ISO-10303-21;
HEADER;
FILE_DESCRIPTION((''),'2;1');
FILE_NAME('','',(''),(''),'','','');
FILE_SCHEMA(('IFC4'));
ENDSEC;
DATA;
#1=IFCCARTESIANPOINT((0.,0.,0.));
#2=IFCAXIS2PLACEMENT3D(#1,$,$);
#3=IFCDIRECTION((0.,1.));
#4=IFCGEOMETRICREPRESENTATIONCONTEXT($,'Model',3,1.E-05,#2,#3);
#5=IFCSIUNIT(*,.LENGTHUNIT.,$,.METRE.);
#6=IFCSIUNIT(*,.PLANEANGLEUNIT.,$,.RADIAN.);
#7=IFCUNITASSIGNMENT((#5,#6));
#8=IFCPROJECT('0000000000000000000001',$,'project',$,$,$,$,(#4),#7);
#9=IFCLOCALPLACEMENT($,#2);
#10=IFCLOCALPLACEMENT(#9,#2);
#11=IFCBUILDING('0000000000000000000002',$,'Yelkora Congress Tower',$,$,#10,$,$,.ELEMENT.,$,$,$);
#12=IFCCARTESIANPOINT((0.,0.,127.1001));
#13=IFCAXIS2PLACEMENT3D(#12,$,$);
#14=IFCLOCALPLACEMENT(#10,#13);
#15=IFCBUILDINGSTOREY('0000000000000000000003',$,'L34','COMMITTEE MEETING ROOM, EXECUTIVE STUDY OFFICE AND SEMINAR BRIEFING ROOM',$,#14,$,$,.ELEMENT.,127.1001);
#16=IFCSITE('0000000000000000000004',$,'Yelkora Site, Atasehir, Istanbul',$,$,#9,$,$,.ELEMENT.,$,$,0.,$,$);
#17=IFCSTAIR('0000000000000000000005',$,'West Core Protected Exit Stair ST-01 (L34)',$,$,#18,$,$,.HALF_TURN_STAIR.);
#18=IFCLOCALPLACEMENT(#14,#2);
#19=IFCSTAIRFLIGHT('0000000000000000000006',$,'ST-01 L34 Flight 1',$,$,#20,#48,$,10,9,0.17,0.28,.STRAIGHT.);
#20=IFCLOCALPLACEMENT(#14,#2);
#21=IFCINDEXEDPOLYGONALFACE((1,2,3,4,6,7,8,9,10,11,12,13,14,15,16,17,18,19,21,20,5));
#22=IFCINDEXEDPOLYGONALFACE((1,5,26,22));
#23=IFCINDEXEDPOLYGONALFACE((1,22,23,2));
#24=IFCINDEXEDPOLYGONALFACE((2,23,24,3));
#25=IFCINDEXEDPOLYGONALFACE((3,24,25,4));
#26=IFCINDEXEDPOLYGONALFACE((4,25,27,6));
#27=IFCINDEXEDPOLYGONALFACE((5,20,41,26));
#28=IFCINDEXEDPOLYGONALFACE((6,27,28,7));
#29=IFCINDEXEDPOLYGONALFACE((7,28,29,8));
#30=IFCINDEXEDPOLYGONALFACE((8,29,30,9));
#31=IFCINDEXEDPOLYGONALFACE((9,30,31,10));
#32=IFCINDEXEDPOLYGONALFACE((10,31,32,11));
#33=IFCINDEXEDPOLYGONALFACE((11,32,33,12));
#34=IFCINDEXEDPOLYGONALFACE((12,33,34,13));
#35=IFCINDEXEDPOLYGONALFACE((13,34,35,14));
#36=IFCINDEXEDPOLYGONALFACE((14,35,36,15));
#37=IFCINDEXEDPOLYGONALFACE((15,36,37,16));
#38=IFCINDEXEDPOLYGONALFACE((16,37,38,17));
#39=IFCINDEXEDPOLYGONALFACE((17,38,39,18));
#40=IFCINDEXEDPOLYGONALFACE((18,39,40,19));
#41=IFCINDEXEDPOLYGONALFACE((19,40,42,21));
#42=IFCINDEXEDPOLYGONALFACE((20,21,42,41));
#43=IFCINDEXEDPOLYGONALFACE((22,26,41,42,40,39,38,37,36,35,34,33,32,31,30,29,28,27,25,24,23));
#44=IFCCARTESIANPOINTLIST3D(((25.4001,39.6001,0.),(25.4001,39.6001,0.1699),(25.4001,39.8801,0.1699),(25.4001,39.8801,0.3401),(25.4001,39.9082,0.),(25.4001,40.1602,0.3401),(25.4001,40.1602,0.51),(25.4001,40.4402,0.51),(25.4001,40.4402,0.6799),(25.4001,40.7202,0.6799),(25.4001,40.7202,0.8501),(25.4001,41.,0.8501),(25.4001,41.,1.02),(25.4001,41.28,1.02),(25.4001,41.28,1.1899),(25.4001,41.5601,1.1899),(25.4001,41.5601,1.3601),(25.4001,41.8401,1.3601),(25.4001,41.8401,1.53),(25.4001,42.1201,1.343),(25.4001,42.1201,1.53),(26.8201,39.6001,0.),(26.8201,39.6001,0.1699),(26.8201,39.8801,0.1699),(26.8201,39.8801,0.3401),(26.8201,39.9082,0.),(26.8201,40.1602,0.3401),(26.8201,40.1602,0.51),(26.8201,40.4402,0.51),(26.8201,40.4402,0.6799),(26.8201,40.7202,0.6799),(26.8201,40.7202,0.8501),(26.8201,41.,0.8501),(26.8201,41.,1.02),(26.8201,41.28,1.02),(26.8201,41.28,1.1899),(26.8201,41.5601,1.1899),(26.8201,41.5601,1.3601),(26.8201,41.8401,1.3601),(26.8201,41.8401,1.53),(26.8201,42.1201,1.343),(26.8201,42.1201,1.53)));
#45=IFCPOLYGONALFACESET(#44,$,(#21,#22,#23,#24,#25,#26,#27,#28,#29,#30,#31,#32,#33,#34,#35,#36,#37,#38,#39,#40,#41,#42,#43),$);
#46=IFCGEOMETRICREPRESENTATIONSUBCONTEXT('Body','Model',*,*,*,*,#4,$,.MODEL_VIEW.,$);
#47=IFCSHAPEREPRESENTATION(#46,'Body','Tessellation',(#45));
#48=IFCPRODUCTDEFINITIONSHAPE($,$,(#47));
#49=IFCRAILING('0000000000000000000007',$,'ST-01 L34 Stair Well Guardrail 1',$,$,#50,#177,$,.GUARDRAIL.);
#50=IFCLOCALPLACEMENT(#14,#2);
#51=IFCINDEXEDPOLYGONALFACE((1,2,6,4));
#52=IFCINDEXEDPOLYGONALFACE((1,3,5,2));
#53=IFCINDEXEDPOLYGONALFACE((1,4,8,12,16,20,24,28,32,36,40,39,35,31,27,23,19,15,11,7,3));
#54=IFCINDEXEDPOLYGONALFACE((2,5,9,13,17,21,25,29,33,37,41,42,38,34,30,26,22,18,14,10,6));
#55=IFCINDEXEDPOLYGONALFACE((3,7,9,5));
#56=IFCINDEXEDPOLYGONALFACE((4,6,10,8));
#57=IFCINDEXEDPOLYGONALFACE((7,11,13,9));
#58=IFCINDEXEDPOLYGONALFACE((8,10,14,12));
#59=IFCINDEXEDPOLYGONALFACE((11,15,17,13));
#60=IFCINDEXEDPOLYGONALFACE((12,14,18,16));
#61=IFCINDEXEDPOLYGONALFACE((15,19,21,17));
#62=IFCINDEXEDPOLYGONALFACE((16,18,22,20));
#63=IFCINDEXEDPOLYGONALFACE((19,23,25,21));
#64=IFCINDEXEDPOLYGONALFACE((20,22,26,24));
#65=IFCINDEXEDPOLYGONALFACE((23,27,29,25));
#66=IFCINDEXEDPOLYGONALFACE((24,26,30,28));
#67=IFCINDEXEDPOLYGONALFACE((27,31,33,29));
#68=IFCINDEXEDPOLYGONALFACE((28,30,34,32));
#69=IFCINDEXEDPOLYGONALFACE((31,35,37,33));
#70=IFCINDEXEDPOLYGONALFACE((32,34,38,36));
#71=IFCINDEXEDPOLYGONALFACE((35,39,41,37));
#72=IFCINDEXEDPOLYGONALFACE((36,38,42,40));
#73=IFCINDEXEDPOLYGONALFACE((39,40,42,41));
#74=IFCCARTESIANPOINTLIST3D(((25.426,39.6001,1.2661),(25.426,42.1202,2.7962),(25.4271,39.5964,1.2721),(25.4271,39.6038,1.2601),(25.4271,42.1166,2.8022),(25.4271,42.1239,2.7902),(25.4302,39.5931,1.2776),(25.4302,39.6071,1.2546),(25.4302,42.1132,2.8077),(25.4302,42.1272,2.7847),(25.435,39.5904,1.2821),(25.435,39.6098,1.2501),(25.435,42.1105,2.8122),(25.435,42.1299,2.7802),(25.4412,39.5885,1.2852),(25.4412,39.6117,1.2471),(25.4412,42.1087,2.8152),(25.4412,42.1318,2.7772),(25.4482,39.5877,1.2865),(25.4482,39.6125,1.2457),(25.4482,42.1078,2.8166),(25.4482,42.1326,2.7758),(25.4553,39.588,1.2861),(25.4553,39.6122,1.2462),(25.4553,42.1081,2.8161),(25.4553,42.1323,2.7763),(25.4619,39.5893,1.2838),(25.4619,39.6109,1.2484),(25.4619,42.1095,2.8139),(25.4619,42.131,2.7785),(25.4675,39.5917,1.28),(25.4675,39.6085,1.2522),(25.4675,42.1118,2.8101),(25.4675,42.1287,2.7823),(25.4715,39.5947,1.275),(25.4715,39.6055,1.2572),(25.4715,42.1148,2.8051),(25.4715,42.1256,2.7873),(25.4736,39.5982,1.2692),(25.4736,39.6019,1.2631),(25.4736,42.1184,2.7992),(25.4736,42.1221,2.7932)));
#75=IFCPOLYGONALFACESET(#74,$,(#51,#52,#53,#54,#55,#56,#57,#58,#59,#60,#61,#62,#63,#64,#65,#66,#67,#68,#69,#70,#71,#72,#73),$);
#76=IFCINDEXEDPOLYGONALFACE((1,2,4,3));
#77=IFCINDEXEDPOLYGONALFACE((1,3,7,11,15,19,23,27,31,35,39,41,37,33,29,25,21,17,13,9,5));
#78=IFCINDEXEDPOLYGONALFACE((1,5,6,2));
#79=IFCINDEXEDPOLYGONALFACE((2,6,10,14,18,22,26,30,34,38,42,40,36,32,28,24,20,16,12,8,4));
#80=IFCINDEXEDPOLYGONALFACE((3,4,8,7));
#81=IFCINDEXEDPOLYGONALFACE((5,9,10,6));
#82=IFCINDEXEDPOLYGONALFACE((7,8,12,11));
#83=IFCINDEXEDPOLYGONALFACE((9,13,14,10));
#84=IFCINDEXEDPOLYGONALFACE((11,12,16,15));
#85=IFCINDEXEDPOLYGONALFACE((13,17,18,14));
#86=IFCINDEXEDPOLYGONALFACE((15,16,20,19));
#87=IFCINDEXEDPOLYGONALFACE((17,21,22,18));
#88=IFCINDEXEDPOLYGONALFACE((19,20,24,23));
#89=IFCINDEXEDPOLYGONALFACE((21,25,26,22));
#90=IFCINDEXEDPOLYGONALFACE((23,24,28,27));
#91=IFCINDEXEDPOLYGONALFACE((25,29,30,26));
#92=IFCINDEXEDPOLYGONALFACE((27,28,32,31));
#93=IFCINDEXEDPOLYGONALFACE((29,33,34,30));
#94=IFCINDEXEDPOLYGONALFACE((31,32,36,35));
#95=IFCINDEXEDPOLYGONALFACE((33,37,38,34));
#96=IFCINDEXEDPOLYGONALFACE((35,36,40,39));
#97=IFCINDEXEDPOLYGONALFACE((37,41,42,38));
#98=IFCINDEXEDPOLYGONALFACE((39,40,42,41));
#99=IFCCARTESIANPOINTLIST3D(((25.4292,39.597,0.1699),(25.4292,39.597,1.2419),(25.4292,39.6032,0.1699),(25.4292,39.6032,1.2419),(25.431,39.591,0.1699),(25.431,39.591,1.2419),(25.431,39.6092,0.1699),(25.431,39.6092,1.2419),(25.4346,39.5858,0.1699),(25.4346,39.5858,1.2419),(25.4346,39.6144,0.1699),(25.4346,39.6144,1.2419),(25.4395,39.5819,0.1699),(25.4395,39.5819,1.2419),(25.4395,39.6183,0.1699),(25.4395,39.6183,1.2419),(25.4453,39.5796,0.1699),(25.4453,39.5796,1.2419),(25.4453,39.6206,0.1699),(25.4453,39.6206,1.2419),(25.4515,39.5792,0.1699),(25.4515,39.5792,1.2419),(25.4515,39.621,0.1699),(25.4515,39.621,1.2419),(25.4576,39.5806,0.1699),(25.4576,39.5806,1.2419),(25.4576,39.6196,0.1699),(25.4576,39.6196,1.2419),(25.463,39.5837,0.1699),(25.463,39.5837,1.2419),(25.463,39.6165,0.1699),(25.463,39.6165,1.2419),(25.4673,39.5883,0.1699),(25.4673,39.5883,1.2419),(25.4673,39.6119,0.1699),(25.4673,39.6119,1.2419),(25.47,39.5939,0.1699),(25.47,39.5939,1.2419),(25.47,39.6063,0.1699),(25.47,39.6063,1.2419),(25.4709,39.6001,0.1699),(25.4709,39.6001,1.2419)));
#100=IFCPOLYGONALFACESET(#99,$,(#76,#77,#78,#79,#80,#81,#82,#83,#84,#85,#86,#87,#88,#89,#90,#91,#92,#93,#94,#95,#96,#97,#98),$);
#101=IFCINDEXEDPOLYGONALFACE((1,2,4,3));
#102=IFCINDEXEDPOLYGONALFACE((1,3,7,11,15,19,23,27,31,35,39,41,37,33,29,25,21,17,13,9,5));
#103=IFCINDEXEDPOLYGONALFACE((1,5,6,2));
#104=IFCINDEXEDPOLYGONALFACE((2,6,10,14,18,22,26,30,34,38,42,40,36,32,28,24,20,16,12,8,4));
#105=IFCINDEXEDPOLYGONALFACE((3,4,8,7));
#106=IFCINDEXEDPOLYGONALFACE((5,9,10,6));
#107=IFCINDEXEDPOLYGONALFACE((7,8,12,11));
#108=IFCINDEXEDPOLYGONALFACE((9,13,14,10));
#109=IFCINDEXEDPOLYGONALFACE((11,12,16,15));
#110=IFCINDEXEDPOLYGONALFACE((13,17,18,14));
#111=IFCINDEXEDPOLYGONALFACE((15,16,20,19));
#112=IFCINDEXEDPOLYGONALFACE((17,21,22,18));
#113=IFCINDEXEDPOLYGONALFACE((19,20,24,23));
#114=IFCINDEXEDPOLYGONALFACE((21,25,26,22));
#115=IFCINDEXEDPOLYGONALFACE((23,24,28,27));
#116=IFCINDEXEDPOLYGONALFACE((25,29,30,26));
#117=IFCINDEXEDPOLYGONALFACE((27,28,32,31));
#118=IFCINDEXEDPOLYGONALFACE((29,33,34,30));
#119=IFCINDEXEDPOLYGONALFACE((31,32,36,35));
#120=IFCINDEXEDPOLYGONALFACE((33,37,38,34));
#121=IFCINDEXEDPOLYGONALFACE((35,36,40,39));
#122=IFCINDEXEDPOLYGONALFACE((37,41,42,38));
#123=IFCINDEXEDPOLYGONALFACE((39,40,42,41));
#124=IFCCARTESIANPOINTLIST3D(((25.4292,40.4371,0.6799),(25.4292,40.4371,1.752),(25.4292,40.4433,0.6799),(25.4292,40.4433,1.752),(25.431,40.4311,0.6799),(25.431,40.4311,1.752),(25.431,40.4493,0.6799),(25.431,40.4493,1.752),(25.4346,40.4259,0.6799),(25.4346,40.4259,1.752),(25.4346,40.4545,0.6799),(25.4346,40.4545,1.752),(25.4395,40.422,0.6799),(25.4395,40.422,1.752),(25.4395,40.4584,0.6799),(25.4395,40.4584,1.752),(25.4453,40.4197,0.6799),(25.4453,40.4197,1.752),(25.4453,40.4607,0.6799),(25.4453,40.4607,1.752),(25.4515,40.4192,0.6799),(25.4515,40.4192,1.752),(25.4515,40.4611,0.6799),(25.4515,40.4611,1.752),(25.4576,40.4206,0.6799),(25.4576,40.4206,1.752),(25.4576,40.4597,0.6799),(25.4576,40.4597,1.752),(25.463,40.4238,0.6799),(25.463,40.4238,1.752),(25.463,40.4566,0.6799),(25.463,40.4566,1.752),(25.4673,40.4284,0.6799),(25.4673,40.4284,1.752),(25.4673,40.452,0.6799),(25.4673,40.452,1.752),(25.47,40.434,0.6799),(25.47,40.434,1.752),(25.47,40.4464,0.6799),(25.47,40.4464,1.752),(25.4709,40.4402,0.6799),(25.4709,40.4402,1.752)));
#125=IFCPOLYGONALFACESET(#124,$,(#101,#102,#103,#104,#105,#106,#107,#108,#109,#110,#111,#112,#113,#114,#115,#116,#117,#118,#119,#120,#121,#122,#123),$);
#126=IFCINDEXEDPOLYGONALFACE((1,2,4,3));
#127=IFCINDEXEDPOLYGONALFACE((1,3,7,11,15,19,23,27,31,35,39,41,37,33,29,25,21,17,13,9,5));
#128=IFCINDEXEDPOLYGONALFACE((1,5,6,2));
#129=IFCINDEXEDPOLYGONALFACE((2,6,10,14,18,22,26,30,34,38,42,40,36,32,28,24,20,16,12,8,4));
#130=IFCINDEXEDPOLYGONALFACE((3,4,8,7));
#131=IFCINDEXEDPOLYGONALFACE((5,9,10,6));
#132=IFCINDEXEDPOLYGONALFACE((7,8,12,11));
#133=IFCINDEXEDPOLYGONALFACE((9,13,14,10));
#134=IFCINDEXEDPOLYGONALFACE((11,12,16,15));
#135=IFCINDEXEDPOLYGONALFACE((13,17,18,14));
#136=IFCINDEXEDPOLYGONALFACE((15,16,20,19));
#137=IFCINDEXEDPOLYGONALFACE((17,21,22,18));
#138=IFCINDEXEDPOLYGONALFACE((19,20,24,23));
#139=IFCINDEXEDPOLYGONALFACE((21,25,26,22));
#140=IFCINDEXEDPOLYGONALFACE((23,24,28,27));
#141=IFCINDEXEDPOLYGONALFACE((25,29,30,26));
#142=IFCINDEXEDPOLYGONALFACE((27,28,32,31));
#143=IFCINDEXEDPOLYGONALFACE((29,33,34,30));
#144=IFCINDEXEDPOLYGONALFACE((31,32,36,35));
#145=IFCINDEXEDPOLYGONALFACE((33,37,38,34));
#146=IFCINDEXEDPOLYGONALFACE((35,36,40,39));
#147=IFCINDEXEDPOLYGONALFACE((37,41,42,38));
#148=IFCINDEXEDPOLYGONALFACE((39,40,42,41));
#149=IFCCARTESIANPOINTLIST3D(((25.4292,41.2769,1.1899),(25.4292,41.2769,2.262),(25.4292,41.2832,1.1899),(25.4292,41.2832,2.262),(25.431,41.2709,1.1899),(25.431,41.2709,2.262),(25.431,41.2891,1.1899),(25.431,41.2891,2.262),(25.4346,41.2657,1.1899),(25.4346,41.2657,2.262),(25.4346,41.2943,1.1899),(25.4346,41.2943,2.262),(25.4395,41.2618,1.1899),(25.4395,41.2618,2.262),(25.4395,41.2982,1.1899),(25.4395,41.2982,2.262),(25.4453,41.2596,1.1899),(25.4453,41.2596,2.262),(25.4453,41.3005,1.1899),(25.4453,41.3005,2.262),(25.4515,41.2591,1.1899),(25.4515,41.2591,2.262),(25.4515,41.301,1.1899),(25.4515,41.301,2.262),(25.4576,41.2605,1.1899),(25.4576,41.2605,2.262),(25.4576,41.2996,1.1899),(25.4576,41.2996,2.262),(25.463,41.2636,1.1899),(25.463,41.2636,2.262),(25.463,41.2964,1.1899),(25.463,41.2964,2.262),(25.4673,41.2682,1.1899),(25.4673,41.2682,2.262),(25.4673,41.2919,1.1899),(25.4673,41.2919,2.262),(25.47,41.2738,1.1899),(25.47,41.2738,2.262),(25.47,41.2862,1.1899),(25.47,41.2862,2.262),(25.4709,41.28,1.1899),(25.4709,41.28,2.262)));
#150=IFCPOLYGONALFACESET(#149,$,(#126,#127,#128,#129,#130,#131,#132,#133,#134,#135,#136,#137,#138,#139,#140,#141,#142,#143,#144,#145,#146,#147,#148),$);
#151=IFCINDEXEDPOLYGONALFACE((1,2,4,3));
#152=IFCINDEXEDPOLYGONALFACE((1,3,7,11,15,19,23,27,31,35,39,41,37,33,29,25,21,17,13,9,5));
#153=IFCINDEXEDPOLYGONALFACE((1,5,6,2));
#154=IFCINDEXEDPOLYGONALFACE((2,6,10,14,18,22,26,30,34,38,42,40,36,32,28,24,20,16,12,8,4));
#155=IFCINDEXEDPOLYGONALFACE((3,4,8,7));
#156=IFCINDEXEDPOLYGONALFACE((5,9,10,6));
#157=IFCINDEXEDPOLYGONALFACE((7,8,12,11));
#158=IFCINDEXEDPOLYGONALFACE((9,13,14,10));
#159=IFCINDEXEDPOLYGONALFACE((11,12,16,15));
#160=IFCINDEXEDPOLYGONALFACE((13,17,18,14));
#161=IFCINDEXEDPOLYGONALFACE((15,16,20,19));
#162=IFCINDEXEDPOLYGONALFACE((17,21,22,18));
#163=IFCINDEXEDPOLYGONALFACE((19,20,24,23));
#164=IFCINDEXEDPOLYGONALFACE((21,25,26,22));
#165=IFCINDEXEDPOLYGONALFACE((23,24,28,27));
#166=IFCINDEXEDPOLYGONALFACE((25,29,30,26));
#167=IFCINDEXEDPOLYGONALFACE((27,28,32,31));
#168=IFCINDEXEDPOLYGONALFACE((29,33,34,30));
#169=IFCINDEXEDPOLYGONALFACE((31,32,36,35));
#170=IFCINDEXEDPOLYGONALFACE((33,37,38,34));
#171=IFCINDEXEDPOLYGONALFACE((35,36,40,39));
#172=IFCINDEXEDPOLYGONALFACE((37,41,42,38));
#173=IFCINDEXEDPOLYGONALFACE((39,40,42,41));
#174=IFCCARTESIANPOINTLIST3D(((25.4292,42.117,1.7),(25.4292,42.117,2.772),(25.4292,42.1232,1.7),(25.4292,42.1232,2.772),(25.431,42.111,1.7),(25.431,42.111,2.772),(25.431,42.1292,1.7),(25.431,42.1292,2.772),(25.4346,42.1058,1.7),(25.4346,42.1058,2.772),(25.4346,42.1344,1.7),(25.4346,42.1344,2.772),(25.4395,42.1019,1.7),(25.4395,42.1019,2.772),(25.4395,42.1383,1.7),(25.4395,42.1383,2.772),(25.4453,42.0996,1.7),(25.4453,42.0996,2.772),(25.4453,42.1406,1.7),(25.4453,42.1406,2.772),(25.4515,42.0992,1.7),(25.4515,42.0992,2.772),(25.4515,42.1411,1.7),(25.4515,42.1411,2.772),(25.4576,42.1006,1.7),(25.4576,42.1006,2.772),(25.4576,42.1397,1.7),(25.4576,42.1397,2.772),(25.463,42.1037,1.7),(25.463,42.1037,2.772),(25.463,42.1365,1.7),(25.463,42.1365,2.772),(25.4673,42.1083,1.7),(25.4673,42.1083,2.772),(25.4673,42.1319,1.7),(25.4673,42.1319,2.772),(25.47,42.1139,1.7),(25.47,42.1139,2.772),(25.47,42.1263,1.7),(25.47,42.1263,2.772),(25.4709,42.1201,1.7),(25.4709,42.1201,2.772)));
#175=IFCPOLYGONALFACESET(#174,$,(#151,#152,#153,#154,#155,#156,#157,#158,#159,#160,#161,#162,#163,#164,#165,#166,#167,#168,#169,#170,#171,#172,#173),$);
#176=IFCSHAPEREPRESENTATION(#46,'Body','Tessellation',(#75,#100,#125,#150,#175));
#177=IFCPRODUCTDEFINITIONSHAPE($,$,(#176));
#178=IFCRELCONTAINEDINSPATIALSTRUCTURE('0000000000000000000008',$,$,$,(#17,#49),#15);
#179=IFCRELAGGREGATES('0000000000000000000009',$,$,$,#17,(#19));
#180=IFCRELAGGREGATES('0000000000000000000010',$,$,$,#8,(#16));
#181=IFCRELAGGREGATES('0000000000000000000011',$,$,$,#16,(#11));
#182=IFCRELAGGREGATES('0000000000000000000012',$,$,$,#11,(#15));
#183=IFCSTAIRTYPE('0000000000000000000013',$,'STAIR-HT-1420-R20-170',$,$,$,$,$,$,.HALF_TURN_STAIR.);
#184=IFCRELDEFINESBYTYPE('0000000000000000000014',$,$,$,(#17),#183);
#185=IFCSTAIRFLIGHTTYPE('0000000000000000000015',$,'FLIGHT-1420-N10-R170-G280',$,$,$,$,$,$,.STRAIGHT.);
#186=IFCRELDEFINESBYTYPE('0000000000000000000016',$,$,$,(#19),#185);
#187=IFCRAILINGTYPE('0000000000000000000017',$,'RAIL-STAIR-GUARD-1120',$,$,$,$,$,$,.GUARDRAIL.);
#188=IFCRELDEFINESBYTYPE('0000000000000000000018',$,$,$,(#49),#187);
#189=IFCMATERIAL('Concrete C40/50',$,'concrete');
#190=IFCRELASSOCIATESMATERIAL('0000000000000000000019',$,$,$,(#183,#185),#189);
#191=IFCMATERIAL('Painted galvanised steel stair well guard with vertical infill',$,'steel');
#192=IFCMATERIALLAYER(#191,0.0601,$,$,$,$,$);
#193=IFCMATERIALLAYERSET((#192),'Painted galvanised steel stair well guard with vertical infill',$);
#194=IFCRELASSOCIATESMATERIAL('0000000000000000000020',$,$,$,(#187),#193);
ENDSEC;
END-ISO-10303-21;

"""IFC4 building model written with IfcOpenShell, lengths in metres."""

from ifc_helpers import new_model, si_unit, direction, frame, origin, origin_2d, place, context, subcontext, project, spatial, polyline, circle, outline, extrude, material, layer, layer_set, type_object, element, aggregate, save


model = new_model("IFC4")

# Units and contexts
model_context = context("Model", 3, precision=1e-05, world=origin(), true_north=direction((0.0, 1.0)))
body_context = subcontext(model_context, "Body", "Model", "MODEL_VIEW")
ifc_project = project(units=[si_unit("LENGTHUNIT", "METRE"), si_unit("PLANEANGLEUNIT", "RADIAN")], contexts=[model_context])

# Site, building, storey
site_placement = place(None, origin())
site = spatial("IfcSite", under=ifc_project, at=site_placement, Name="Yelkora Site, Atasehir, Istanbul", CompositionType="ELEMENT", RefElevation=0.0)
building_placement = place(site_placement, origin())
building = spatial("IfcBuilding", under=site, at=building_placement, Name="Yelkora Congress Tower", CompositionType="ELEMENT")
storey_placement = place(building_placement, frame((0.0, 0.0, 127.1001)))
storey = spatial("IfcBuildingStorey", under=building, at=storey_placement, Name="L34", Description="COMMITTEE MEETING ROOM, EXECUTIVE STUDY OFFICE AND SEMINAR BRIEFING ROOM", CompositionType="ELEMENT", Elevation=127.1001)

# Stair, stair flight
ifc_material_1 = material(Name="Concrete C40/50", Category="concrete")
stair_type = type_object("IfcStairType", Name="STAIR-HT-1420-R20-170", PredefinedType="HALF_TURN_STAIR", material=ifc_material_1)
stair_placement = place(storey_placement, origin())
stair = element("IfcStair", 1, at=stair_placement, inside=storey, type_object=stair_type, Name="West Core Protected Exit Stair ST-01 (L34)", PredefinedType="HALF_TURN_STAIR")
stair_flight_type = type_object("IfcStairFlightType", Name="FLIGHT-1420-N10-R170-G280", PredefinedType="STRAIGHT", material=ifc_material_1)
stair_flight_placement = place(storey_placement, frame((26.1101, 39.6001, 0.0), z_axis=(0.0, 0.0, 1.0), x_axis=(0.0, 1.0, 0.0)))
stair_flight = element("IfcStairFlight", 2, at=stair_flight_placement, type_object=stair_flight_type, Name="ST-01 L34 Flight 1", NumberOfRisers=10, NumberOfTreads=9, PredefinedType="STRAIGHT", RiserHeight=0.17, TreadLength=0.28, context=body_context, shape_type="SweptSolid", body=[
    extrude(outline(polyline([(0.0, 0.0), (0.0, 0.1699), (0.28, 0.1699), (0.28, 0.3401), (0.5601, 0.3401), (0.5601, 0.51), (0.8401, 0.51), (0.8401, 0.6799), (1.1201, 0.6799), (1.1201, 0.8501), (1.3999, 0.8501), (1.3999, 1.02), (1.6799, 1.02), (1.6799, 1.1899), (1.96, 1.1899), (1.96, 1.3601), (2.24, 1.3601), (2.24, 1.53), (2.52, 1.53), (2.52, 1.7), (2.52, 1.343), (0.3081, 0.0), (0.0, 0.0)])), frame((0.0, 0.71, 0.0), z_axis=(0.0, -1.0, 0.0), x_axis=(1.0, 0.0, 0.0)), (0.0, 0.0, 1.0), 1.4199),
])
aggregate(stair, [stair_flight])

# Railing
ifc_material_2 = material(Name="Painted galvanised steel stair well guard with vertical infill", Category="steel")
ifc_layer_1 = layer(ifc_material_2, 0.0601)
ifc_layer_set_1 = layer_set([ifc_layer_1], Name="Painted galvanised steel stair well guard with vertical infill")
railing_type_1 = type_object("IfcRailingType", Name="RAIL-STAIR-GUARD-1120", PredefinedType="GUARDRAIL", material=ifc_layer_set_1)
railing_1_placement = place(storey_placement, frame((25.45, 39.6001, 0.1699)))
element("IfcRailing", 3, at=railing_1_placement, inside=storey, type_object=railing_type_1, Name="ST-01 L34 Stair Well Guardrail 1", PredefinedType="GUARDRAIL", context=body_context, shape_type="SweptSolid", body=[
    extrude(circle(Radius=0.0239, at=origin_2d()), frame((0.0, 0.0, 1.0962), z_axis=(0.0, 0.854785, 0.518982), x_axis=(-1.0, 0.0, 0.0)), (0.0, 0.0, 1.0), 2.9482),
    extrude(circle(Radius=0.021, at=origin_2d()), origin(), (0.0, 0.0, 1.0), 1.072),
    extrude(circle(Radius=0.021, at=origin_2d()), frame((0.0, 0.8401, 0.51)), (0.0, 0.0, 1.0), 1.072),
    extrude(circle(Radius=0.021, at=origin_2d()), frame((0.0, 1.6799, 1.02)), (0.0, 0.0, 1.0), 1.072),
    extrude(circle(Radius=0.021, at=origin_2d()), frame((0.0, 2.52, 1.53)), (0.0, 0.0, 1.0), 1.072),
])

save(model, "model.ifc")
